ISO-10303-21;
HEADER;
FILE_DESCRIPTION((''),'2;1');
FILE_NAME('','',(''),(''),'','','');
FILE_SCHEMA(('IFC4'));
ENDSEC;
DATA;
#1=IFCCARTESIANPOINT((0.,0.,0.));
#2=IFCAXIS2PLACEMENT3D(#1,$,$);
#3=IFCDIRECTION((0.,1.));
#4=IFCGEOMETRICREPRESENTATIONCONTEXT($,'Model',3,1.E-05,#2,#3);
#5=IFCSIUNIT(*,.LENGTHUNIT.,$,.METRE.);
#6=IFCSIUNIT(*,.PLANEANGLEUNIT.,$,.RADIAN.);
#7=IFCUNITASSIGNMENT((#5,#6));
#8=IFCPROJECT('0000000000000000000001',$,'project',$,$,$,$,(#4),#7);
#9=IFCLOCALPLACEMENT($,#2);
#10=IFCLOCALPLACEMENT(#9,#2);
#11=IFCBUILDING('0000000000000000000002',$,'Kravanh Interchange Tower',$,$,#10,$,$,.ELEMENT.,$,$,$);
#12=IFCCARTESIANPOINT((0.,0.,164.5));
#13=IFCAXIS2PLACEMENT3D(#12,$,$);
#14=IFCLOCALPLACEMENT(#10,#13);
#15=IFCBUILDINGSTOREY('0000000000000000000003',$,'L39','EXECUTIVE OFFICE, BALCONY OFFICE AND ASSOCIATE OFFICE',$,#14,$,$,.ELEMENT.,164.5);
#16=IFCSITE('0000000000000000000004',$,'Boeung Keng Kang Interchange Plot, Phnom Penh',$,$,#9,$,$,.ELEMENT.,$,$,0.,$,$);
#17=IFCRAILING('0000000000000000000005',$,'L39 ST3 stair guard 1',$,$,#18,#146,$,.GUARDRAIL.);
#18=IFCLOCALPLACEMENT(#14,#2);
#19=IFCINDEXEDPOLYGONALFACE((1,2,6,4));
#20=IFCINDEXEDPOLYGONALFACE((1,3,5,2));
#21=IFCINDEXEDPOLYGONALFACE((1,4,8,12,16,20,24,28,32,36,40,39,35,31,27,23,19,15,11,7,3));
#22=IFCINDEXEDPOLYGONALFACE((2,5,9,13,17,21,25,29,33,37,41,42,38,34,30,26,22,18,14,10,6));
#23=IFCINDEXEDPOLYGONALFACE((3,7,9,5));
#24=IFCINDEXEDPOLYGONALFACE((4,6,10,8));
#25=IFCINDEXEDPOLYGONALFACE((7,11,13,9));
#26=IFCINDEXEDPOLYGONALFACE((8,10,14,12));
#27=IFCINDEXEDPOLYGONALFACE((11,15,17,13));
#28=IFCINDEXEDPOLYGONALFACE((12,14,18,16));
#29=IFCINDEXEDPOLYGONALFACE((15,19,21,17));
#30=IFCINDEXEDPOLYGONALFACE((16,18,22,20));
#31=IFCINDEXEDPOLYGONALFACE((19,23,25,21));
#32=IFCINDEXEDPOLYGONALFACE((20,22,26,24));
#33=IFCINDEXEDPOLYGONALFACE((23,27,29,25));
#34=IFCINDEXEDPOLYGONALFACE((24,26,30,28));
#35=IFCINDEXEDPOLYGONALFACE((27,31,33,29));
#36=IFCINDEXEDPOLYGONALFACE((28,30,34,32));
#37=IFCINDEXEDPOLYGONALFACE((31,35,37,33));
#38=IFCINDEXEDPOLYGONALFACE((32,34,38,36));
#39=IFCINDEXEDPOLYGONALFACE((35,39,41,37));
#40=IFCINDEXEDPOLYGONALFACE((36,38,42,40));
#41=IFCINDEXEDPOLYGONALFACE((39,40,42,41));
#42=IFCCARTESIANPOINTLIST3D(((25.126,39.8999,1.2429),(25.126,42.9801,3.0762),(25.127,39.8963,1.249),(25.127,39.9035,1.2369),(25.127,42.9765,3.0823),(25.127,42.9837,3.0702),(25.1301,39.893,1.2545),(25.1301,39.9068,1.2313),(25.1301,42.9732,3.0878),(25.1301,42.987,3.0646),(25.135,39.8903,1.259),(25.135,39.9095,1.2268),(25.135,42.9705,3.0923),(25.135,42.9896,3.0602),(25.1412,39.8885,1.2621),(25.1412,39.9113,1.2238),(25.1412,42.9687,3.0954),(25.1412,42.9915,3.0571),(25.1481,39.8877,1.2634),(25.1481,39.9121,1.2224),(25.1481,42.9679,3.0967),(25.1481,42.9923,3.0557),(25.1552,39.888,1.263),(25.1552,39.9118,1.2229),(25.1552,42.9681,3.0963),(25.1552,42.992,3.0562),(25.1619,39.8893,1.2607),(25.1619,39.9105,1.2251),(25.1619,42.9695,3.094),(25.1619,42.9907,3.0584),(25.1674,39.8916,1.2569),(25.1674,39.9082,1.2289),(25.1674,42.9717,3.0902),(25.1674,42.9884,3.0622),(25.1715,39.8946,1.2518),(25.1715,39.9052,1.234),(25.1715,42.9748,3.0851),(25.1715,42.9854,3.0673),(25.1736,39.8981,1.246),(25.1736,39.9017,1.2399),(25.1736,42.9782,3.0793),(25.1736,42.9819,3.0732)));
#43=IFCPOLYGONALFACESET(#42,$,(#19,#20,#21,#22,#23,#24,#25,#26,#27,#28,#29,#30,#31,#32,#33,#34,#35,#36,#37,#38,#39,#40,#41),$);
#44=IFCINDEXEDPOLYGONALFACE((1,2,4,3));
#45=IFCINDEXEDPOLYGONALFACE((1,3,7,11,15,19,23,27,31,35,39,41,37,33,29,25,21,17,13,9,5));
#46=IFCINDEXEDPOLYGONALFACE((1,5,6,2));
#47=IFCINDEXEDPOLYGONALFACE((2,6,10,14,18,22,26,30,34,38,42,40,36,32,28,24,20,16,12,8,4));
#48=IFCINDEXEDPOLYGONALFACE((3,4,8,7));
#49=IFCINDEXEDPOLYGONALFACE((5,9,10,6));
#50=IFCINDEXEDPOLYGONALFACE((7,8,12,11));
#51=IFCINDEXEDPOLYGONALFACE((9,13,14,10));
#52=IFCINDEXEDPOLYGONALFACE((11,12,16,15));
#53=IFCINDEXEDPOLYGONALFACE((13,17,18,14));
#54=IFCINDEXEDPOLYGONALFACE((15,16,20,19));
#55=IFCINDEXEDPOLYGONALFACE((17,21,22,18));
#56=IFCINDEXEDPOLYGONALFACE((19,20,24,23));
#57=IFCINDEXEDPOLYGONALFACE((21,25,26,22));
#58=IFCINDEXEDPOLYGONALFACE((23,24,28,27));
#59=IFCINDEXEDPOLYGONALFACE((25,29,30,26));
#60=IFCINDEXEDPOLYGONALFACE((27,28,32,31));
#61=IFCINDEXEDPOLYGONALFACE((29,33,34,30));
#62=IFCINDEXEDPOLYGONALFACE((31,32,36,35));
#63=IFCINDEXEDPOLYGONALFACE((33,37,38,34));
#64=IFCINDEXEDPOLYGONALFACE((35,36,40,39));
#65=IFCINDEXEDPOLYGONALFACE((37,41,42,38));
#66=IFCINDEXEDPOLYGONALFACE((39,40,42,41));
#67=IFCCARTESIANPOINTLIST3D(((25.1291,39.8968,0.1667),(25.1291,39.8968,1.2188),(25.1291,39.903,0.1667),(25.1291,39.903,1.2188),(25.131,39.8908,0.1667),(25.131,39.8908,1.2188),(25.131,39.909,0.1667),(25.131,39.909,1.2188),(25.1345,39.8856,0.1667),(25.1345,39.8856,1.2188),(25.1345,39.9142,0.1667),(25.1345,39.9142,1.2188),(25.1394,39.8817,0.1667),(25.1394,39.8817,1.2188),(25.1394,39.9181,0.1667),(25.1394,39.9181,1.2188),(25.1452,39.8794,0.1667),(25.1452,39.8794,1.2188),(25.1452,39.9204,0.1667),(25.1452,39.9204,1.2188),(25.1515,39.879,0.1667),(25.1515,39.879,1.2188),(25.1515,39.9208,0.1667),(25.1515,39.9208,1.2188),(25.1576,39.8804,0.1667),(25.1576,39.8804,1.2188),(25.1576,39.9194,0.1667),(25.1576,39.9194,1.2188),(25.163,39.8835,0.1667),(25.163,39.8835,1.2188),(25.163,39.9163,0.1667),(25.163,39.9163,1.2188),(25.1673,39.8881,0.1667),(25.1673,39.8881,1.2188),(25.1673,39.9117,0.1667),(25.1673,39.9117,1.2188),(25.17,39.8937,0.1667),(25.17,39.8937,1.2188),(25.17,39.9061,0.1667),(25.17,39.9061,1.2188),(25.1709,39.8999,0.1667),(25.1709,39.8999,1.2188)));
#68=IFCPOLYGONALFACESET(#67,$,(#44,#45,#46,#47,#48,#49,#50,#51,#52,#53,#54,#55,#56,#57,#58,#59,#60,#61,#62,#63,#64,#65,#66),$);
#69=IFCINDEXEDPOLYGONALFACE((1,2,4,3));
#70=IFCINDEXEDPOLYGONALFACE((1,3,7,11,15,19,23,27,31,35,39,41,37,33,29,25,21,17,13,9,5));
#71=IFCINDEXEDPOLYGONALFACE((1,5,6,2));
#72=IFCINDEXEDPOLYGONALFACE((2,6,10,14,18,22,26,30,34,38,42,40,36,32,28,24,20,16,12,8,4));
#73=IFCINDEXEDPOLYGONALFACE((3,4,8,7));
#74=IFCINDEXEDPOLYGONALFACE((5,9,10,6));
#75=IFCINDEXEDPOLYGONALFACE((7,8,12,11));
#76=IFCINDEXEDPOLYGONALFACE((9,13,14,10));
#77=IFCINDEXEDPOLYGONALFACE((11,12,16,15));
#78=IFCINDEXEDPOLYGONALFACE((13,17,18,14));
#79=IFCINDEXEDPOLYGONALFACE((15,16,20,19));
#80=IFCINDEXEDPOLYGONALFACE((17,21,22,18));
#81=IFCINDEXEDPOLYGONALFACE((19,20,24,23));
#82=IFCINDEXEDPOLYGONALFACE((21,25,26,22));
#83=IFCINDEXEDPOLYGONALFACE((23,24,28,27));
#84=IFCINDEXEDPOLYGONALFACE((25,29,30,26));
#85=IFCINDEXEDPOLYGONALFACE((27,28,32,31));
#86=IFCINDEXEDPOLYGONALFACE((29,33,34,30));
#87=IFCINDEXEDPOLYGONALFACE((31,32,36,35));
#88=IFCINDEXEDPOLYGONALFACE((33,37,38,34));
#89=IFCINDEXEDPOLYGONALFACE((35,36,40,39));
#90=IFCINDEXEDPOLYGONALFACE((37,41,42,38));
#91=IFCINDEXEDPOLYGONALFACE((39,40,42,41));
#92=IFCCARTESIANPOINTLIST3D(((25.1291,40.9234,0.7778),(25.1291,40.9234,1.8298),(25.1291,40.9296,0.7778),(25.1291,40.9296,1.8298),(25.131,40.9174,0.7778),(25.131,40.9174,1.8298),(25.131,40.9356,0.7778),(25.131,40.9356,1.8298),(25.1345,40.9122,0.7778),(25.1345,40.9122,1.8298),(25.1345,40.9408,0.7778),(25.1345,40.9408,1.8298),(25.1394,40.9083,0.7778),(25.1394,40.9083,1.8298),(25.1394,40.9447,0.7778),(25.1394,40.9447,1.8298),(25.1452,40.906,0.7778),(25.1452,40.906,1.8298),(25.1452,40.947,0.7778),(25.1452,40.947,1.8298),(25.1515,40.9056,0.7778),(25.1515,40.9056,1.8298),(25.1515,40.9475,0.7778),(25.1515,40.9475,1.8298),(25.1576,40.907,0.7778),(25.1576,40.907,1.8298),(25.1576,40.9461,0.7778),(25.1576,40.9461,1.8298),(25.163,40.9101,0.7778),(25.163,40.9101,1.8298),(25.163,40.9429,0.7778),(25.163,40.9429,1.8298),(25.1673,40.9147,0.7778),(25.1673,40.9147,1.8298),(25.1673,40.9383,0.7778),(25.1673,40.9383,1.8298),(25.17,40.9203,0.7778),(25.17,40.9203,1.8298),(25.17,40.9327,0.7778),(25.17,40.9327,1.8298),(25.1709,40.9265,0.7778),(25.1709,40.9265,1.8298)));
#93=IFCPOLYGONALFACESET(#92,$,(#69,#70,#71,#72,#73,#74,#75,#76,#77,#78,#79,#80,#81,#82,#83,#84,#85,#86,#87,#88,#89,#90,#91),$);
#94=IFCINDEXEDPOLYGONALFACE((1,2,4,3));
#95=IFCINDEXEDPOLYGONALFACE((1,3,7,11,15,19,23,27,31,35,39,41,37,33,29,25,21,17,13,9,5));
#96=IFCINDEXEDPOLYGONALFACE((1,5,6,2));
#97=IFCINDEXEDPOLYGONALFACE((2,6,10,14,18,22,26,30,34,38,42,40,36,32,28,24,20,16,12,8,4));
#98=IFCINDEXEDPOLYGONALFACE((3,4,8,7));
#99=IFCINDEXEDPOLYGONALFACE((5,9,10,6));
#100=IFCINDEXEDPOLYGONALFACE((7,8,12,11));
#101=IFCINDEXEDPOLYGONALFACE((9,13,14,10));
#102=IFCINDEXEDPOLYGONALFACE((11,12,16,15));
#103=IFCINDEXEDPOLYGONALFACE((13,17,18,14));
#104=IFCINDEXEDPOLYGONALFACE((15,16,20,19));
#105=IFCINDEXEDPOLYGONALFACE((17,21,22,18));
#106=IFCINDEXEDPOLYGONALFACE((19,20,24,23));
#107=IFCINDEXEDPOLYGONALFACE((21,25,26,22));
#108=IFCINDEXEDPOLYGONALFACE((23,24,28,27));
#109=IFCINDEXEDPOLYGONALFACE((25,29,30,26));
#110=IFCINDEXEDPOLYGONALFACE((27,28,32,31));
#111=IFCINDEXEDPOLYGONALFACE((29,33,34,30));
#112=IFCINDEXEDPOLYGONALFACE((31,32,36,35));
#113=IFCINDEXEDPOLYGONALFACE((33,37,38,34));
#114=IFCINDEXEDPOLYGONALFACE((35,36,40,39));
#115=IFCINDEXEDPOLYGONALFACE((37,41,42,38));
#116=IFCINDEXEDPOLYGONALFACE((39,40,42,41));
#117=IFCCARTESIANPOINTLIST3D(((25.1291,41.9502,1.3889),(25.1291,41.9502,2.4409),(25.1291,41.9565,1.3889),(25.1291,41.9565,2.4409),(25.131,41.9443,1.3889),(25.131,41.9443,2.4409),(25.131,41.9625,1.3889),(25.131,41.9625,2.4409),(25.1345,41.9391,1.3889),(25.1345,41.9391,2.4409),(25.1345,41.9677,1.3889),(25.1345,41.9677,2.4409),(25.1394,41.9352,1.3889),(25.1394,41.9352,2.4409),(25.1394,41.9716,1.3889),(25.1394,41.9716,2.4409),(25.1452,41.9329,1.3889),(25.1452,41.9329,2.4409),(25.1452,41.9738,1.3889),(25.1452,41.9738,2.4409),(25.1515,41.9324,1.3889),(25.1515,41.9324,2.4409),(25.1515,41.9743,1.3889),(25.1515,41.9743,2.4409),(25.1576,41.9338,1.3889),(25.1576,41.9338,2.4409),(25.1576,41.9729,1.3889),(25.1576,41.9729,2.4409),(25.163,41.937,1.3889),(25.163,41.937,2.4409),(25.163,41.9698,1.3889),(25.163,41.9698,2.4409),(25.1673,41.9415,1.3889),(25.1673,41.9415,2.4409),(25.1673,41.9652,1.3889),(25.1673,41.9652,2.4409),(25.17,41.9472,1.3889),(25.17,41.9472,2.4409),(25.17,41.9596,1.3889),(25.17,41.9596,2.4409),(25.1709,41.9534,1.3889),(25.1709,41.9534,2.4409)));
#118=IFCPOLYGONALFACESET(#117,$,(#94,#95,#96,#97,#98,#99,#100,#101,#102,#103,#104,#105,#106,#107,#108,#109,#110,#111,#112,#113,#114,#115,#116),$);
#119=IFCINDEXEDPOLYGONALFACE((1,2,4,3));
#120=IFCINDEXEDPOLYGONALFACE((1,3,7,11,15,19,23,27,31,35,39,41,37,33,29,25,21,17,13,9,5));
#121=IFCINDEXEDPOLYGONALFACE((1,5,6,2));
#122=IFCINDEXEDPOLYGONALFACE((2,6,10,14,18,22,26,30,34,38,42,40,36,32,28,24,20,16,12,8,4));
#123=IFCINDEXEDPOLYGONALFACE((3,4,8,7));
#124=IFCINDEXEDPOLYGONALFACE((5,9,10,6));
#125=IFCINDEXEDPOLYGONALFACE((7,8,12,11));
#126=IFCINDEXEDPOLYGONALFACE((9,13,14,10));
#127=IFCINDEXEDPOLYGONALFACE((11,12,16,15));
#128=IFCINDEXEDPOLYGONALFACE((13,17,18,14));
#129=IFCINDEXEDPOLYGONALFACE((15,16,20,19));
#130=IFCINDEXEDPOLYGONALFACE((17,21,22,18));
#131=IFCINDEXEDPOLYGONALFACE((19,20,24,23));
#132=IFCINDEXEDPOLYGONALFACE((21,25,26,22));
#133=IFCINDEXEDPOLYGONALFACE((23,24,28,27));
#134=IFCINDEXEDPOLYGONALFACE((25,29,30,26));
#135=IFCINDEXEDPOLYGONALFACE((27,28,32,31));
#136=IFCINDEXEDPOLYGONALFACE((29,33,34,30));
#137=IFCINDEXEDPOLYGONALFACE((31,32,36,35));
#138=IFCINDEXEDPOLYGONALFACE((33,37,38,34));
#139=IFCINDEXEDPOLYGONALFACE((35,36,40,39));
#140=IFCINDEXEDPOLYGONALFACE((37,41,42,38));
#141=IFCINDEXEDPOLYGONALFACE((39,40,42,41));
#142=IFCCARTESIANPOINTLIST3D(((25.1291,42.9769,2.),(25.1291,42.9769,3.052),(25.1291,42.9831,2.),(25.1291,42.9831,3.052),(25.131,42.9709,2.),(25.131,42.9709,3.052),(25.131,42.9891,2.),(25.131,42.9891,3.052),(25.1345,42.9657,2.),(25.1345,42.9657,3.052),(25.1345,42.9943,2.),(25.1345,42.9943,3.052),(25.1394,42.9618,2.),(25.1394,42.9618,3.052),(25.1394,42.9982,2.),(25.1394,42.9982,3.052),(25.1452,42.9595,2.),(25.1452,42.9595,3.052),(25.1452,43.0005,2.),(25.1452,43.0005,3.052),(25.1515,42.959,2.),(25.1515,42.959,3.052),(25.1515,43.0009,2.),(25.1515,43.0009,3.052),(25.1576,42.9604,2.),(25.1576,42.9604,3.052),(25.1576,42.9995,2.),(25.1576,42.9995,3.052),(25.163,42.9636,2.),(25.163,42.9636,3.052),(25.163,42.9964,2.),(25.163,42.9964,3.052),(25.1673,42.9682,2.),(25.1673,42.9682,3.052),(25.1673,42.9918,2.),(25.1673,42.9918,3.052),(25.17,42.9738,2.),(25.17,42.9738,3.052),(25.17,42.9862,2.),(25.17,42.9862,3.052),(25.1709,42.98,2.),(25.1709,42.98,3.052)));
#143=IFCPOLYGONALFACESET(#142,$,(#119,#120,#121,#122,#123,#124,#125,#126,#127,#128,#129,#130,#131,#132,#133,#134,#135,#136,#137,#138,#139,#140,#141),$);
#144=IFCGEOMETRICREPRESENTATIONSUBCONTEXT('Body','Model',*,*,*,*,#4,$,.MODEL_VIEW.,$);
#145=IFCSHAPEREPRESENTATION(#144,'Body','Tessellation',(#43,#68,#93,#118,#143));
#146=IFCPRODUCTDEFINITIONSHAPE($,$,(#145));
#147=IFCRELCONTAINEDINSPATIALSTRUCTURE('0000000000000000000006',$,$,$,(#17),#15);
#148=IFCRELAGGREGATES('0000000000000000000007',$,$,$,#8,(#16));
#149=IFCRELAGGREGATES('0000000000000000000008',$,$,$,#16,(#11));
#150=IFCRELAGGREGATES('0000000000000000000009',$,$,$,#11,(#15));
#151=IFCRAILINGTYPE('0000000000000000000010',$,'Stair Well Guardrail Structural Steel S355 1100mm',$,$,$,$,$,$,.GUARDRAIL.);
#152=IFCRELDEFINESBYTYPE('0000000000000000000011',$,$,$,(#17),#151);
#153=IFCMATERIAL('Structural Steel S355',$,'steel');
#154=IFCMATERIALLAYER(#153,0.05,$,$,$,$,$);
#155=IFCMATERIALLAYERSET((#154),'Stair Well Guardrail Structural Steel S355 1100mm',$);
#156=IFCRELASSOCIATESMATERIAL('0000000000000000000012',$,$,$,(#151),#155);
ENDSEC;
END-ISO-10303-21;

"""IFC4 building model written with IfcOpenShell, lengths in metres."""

from ifc_helpers import new_model, si_unit, direction, frame, origin, origin_2d, place, context, subcontext, project, spatial, circle, extrude, material, layer, layer_set, type_object, element, save


model = new_model("IFC4")

# Units and contexts
model_context = context("Model", 3, precision=1e-05, world=origin(), true_north=direction((0.0, 1.0)))
body_context = subcontext(model_context, "Body", "Model", "MODEL_VIEW")
ifc_project = project(units=[si_unit("LENGTHUNIT", "METRE"), si_unit("PLANEANGLEUNIT", "RADIAN")], contexts=[model_context])

# Site, building, storey
site_placement = place(None, origin())
site = spatial("IfcSite", under=ifc_project, at=site_placement, Name="Boeung Keng Kang Interchange Plot, Phnom Penh", CompositionType="ELEMENT", RefElevation=0.0)
building_placement = place(site_placement, origin())
building = spatial("IfcBuilding", under=site, at=building_placement, Name="Kravanh Interchange Tower", CompositionType="ELEMENT")
storey_placement = place(building_placement, frame((0.0, 0.0, 164.5)))
storey = spatial("IfcBuildingStorey", under=building, at=storey_placement, Name="L39", Description="EXECUTIVE OFFICE, BALCONY OFFICE AND ASSOCIATE OFFICE", CompositionType="ELEMENT", Elevation=164.5)

# Railing
ifc_material_1 = material(Name="Structural Steel S355", Category="steel")
ifc_layer_1 = layer(ifc_material_1, 0.05)
ifc_layer_set_1 = layer_set([ifc_layer_1], Name="Stair Well Guardrail Structural Steel S355 1100mm")
railing_type_1 = type_object("IfcRailingType", Name="Stair Well Guardrail Structural Steel S355 1100mm", PredefinedType="GUARDRAIL", material=ifc_layer_set_1)
railing_1_placement = place(storey_placement, frame((25.1499, 39.8999, 0.1667)))
element("IfcRailing", 1, at=railing_1_placement, inside=storey, type_object=railing_type_1, Name="L39 ST3 stair guard 1", PredefinedType="GUARDRAIL", context=body_context, shape_type="SweptSolid", body=[
    extrude(circle(Radius=0.0239, at=origin_2d()), frame((0.0, 0.0, 1.0762), z_axis=(0.0, 0.859309, 0.511458), x_axis=(-1.0, 0.0, 0.0)), (0.0, 0.0, 1.0), 3.5845),
    extrude(circle(Radius=0.021, at=origin_2d()), origin(), (0.0, 0.0, 1.0), 1.052),
    extrude(circle(Radius=0.021, at=origin_2d()), frame((0.0, 1.0266, 0.6111)), (0.0, 0.0, 1.0), 1.052),
    extrude(circle(Radius=0.021, at=origin_2d()), frame((0.0, 2.0535, 1.2222)), (0.0, 0.0, 1.0), 1.052),
    extrude(circle(Radius=0.021, at=origin_2d()), frame((0.0, 3.0801, 1.8333)), (0.0, 0.0, 1.0), 1.052),
])

save(model, "model.ifc")
